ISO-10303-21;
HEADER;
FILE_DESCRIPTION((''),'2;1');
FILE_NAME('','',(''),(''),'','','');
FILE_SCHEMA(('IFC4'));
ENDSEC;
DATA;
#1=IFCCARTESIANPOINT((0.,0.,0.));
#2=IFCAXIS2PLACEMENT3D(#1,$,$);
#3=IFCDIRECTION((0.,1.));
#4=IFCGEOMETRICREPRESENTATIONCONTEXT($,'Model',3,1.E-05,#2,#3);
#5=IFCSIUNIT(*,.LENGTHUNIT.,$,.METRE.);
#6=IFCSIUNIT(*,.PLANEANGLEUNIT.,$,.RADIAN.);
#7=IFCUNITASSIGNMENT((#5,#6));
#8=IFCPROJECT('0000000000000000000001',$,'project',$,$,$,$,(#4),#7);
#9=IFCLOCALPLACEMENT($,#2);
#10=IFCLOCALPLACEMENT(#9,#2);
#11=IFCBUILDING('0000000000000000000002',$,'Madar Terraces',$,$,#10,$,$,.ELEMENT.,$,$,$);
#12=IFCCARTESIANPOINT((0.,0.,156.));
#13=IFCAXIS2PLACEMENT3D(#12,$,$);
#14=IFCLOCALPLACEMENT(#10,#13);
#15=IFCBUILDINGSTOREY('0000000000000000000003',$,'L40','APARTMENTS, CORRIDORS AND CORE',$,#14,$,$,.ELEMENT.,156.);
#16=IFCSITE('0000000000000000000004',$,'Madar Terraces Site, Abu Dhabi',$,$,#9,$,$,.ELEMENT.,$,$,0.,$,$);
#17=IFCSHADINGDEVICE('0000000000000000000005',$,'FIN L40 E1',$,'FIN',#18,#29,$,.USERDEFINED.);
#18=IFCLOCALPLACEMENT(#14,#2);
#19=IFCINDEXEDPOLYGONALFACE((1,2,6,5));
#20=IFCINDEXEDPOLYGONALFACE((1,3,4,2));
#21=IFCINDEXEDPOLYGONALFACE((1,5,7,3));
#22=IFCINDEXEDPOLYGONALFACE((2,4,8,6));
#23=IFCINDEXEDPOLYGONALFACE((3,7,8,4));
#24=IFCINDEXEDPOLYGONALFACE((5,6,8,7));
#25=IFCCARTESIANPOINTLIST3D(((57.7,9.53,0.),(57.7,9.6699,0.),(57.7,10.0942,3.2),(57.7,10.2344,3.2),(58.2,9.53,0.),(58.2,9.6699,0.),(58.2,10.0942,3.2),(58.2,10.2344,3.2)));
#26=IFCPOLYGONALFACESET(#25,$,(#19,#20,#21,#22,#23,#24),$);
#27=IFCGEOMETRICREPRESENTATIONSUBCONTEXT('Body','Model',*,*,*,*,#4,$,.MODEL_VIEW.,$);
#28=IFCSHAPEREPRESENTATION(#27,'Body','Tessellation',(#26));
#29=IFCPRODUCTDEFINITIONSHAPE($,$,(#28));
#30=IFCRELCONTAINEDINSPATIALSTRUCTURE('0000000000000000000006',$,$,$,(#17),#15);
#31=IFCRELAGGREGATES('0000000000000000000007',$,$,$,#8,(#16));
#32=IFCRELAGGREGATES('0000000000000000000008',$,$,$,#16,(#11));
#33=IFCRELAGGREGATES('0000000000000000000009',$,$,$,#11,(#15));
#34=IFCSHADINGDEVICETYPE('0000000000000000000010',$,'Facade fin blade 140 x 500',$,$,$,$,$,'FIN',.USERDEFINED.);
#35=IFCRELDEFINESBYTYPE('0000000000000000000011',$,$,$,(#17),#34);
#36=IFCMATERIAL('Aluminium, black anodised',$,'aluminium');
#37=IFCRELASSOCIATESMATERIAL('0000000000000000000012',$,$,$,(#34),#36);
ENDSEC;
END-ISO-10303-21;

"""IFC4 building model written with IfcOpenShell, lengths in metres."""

from ifc_helpers import new_model, si_unit, direction, frame, origin, place, context, subcontext, project, spatial, polyline, outline, extrude, material, type_object, element, save


model = new_model("IFC4")

# Units and contexts
model_context = context("Model", 3, precision=1e-05, world=origin(), true_north=direction((0.0, 1.0)))
body_context = subcontext(model_context, "Body", "Model", "MODEL_VIEW")
ifc_project = project(units=[si_unit("LENGTHUNIT", "METRE"), si_unit("PLANEANGLEUNIT", "RADIAN")], contexts=[model_context])

# Site, building, storey
site_placement = place(None, origin())
site = spatial("IfcSite", under=ifc_project, at=site_placement, Name="Madar Terraces Site, Abu Dhabi", CompositionType="ELEMENT", RefElevation=0.0)
building_placement = place(site_placement, origin())
building = spatial("IfcBuilding", under=site, at=building_placement, Name="Madar Terraces", CompositionType="ELEMENT")
storey_placement = place(building_placement, frame((0.0, 0.0, 156.0)))
storey = spatial("IfcBuildingStorey", under=building, at=storey_placement, Name="L40", Description="APARTMENTS, CORRIDORS AND CORE", CompositionType="ELEMENT", Elevation=156.0)

# Shading device
ifc_material_1 = material(Name="Aluminium, black anodised", Category="aluminium")
shading_device_type = type_object("IfcShadingDeviceType", Name="Facade fin blade 140 x 500", ElementType="FIN", PredefinedType="USERDEFINED", material=ifc_material_1)
shading_device_1_placement = place(storey_placement, frame((57.95, 9.53, 0.0), z_axis=(0.0, 0.0, 1.0), x_axis=(0.0, 1.0, 0.0)))
element("IfcShadingDevice", 1, at=shading_device_1_placement, inside=storey, type_object=shading_device_type, Name="FIN L40 E1", ObjectType="FIN", PredefinedType="USERDEFINED", context=body_context, shape_type="SweptSolid", body=[
    extrude(outline(polyline([(0.0, 0.0), (0.1399, 0.0), (0.7043, 3.2), (0.5642, 3.2), (0.0, 0.0)])), frame((0.0, 0.25, 0.0), z_axis=(0.0, -1.0, 0.0), x_axis=(1.0, 0.0, 0.0)), (0.0, 0.0, 1.0), 0.5),
])

save(model, "model.ifc")
